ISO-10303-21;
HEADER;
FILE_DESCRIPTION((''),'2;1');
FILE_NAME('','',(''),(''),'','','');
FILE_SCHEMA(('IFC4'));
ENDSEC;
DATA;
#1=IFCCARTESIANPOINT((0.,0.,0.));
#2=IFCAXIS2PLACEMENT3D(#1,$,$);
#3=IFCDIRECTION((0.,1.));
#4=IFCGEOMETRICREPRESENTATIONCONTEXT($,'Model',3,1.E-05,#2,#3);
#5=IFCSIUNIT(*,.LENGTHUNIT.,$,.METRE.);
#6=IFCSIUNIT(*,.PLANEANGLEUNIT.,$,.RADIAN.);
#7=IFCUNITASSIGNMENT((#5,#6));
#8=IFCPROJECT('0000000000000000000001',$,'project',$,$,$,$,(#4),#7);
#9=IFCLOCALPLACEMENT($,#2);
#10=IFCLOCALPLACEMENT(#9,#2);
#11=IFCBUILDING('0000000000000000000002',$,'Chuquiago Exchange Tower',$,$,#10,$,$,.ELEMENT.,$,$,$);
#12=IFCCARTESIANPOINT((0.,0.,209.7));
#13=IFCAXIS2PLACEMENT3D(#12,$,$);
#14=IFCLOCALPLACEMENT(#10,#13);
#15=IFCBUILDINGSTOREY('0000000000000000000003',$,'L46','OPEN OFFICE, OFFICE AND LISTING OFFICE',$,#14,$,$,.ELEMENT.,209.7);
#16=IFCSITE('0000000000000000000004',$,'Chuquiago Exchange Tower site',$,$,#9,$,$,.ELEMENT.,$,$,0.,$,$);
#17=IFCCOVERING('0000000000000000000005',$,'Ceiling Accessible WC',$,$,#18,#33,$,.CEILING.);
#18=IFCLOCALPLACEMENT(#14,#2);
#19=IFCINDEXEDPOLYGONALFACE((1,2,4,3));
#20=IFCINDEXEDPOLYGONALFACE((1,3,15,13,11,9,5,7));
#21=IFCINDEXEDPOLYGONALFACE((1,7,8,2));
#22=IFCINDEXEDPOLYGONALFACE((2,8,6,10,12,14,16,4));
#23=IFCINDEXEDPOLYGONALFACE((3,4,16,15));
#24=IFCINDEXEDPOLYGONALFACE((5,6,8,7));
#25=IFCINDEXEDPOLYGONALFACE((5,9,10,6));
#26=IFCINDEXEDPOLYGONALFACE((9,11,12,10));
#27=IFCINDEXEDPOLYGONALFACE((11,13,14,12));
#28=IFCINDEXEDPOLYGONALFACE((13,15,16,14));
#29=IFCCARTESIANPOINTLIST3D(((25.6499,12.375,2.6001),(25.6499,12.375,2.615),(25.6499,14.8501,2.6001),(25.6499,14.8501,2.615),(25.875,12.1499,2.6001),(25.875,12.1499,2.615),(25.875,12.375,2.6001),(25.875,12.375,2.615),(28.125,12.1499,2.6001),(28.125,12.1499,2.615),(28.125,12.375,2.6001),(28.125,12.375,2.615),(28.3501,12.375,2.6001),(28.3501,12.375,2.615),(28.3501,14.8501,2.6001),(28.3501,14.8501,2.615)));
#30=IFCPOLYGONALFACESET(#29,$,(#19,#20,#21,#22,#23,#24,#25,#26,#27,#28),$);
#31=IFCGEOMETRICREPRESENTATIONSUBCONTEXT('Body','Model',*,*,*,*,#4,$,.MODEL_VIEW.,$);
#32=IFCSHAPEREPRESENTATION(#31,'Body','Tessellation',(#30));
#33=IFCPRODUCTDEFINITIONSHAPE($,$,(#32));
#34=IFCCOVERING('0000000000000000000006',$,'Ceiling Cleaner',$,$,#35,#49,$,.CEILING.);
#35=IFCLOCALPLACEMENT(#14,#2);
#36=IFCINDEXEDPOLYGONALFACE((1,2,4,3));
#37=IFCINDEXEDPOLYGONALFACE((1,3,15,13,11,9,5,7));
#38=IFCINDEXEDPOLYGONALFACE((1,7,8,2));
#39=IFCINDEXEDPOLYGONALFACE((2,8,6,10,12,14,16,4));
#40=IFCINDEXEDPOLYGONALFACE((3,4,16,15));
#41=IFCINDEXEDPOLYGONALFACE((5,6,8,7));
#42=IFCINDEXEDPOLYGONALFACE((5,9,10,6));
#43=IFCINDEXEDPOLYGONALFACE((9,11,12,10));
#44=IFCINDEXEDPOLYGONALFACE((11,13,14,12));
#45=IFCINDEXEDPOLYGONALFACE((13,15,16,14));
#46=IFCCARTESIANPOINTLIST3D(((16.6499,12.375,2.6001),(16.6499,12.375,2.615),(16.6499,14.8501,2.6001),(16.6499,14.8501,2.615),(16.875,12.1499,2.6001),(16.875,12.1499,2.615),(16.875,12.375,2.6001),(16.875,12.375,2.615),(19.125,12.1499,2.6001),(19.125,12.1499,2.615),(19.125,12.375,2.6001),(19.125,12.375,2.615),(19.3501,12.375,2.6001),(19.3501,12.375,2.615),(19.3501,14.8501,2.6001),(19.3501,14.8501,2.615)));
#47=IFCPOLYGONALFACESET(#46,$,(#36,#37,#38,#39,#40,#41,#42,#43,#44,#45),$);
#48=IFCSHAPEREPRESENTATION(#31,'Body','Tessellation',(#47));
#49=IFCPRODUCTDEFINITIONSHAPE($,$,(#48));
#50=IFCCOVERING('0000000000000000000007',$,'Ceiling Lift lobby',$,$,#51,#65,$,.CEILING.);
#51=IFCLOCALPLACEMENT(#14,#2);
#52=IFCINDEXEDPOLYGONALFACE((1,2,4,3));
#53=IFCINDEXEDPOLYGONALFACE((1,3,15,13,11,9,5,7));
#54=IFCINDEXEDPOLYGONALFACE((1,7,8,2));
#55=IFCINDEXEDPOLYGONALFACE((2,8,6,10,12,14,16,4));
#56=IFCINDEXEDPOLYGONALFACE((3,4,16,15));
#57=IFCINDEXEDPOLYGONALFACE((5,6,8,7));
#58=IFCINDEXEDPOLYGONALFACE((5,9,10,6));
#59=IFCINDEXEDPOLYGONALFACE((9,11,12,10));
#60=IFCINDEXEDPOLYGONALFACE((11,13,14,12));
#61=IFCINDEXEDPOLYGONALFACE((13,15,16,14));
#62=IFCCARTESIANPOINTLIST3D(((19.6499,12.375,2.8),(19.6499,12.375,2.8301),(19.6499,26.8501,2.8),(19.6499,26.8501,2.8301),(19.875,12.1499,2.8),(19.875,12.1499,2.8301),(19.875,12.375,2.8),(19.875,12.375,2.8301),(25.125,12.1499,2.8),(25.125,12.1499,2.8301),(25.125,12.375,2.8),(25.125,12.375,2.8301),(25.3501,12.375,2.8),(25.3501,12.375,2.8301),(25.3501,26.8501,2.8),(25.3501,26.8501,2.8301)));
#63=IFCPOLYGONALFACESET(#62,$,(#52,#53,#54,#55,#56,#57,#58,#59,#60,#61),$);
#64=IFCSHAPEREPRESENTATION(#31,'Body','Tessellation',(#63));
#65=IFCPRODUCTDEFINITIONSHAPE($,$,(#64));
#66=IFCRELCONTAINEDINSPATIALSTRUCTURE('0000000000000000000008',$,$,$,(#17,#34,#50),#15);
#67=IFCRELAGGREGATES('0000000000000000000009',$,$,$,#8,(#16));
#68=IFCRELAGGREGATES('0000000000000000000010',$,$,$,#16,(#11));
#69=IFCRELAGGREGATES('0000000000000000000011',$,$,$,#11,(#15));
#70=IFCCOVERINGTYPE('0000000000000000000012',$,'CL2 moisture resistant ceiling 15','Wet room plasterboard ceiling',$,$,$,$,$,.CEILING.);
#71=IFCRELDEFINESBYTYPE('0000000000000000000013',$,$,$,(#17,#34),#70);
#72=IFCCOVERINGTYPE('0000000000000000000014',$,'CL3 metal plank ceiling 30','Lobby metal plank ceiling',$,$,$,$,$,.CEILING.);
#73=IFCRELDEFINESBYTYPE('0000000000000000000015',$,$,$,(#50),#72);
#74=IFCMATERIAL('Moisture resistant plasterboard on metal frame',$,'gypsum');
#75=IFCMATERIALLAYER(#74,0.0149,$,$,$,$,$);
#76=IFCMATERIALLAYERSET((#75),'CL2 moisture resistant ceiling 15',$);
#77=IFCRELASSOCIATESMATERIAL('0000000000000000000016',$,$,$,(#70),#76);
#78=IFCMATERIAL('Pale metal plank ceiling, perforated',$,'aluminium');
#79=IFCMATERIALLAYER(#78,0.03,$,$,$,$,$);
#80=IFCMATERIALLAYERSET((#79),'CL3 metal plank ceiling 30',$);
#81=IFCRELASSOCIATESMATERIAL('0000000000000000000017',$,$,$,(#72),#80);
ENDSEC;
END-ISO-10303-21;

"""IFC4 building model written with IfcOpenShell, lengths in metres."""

from ifc_helpers import new_model, si_unit, direction, frame, origin, place, context, subcontext, project, spatial, polyline, outline, extrude, material, layer, layer_set, type_object, element, save


model = new_model("IFC4")

# Units and contexts
model_context = context("Model", 3, precision=1e-05, world=origin(), true_north=direction((0.0, 1.0)))
body_context = subcontext(model_context, "Body", "Model", "MODEL_VIEW")
ifc_project = project(units=[si_unit("LENGTHUNIT", "METRE"), si_unit("PLANEANGLEUNIT", "RADIAN")], contexts=[model_context])

# Site, building, storey
site_placement = place(None, origin())
site = spatial("IfcSite", under=ifc_project, at=site_placement, Name="Chuquiago Exchange Tower site", CompositionType="ELEMENT", RefElevation=0.0)
building_placement = place(site_placement, origin())
building = spatial("IfcBuilding", under=site, at=building_placement, Name="Chuquiago Exchange Tower", CompositionType="ELEMENT")
storey_placement = place(building_placement, frame((0.0, 0.0, 209.7)))
storey = spatial("IfcBuildingStorey", under=building, at=storey_placement, Name="L46", Description="OPEN OFFICE, OFFICE AND LISTING OFFICE", CompositionType="ELEMENT", Elevation=209.7)

# Coverings
ifc_material_1 = material(Name="Moisture resistant plasterboard on metal frame", Category="gypsum")
ifc_layer_1 = layer(ifc_material_1, 0.0149)
ifc_layer_set_1 = layer_set([ifc_layer_1], Name="CL2 moisture resistant ceiling 15")
covering_type_1 = type_object("IfcCoveringType", Name="CL2 moisture resistant ceiling 15", Description="Wet room plasterboard ceiling", PredefinedType="CEILING", material=ifc_layer_set_1)
covering_1_placement = place(storey_placement, frame((0.0, 0.0, 2.6001)))
element("IfcCovering", 1, at=covering_1_placement, inside=storey, type_object=covering_type_1, Name="Ceiling Accessible WC", PredefinedType="CEILING", context=body_context, shape_type="SweptSolid", body=[
    extrude(outline(polyline([(25.875, 12.1499), (25.875, 12.375), (25.6499, 12.375), (25.6499, 14.8501), (28.3501, 14.8501), (28.3501, 12.375), (28.125, 12.375), (28.125, 12.1499), (25.875, 12.1499)])), origin(), (0.0, 0.0, 1.0), 0.0149),
])
covering_2_placement = place(storey_placement, frame((0.0, 0.0, 2.6001)))
element("IfcCovering", 2, at=covering_2_placement, inside=storey, type_object=covering_type_1, Name="Ceiling Cleaner", PredefinedType="CEILING", context=body_context, shape_type="SweptSolid", body=[
    extrude(outline(polyline([(16.875, 12.1499), (16.875, 12.375), (16.6499, 12.375), (16.6499, 14.8501), (19.3501, 14.8501), (19.3501, 12.375), (19.125, 12.375), (19.125, 12.1499), (16.875, 12.1499)])), origin(), (0.0, 0.0, 1.0), 0.0149),
])
ifc_material_2 = material(Name="Pale metal plank ceiling, perforated", Category="aluminium")
ifc_layer_2 = layer(ifc_material_2, 0.03)
ifc_layer_set_2 = layer_set([ifc_layer_2], Name="CL3 metal plank ceiling 30")
covering_type_2 = type_object("IfcCoveringType", Name="CL3 metal plank ceiling 30", Description="Lobby metal plank ceiling", PredefinedType="CEILING", material=ifc_layer_set_2)
covering_3_placement = place(storey_placement, frame((0.0, 0.0, 2.8)))
element("IfcCovering", 3, at=covering_3_placement, inside=storey, type_object=covering_type_2, Name="Ceiling Lift lobby", PredefinedType="CEILING", context=body_context, shape_type="SweptSolid", body=[
    extrude(outline(polyline([(19.875, 12.1499), (19.875, 12.375), (19.6499, 12.375), (19.6499, 26.8501), (25.3501, 26.8501), (25.3501, 12.375), (25.125, 12.375), (25.125, 12.1499), (19.875, 12.1499)])), origin(), (0.0, 0.0, 1.0), 0.03),
])

save(model, "model.ifc")
